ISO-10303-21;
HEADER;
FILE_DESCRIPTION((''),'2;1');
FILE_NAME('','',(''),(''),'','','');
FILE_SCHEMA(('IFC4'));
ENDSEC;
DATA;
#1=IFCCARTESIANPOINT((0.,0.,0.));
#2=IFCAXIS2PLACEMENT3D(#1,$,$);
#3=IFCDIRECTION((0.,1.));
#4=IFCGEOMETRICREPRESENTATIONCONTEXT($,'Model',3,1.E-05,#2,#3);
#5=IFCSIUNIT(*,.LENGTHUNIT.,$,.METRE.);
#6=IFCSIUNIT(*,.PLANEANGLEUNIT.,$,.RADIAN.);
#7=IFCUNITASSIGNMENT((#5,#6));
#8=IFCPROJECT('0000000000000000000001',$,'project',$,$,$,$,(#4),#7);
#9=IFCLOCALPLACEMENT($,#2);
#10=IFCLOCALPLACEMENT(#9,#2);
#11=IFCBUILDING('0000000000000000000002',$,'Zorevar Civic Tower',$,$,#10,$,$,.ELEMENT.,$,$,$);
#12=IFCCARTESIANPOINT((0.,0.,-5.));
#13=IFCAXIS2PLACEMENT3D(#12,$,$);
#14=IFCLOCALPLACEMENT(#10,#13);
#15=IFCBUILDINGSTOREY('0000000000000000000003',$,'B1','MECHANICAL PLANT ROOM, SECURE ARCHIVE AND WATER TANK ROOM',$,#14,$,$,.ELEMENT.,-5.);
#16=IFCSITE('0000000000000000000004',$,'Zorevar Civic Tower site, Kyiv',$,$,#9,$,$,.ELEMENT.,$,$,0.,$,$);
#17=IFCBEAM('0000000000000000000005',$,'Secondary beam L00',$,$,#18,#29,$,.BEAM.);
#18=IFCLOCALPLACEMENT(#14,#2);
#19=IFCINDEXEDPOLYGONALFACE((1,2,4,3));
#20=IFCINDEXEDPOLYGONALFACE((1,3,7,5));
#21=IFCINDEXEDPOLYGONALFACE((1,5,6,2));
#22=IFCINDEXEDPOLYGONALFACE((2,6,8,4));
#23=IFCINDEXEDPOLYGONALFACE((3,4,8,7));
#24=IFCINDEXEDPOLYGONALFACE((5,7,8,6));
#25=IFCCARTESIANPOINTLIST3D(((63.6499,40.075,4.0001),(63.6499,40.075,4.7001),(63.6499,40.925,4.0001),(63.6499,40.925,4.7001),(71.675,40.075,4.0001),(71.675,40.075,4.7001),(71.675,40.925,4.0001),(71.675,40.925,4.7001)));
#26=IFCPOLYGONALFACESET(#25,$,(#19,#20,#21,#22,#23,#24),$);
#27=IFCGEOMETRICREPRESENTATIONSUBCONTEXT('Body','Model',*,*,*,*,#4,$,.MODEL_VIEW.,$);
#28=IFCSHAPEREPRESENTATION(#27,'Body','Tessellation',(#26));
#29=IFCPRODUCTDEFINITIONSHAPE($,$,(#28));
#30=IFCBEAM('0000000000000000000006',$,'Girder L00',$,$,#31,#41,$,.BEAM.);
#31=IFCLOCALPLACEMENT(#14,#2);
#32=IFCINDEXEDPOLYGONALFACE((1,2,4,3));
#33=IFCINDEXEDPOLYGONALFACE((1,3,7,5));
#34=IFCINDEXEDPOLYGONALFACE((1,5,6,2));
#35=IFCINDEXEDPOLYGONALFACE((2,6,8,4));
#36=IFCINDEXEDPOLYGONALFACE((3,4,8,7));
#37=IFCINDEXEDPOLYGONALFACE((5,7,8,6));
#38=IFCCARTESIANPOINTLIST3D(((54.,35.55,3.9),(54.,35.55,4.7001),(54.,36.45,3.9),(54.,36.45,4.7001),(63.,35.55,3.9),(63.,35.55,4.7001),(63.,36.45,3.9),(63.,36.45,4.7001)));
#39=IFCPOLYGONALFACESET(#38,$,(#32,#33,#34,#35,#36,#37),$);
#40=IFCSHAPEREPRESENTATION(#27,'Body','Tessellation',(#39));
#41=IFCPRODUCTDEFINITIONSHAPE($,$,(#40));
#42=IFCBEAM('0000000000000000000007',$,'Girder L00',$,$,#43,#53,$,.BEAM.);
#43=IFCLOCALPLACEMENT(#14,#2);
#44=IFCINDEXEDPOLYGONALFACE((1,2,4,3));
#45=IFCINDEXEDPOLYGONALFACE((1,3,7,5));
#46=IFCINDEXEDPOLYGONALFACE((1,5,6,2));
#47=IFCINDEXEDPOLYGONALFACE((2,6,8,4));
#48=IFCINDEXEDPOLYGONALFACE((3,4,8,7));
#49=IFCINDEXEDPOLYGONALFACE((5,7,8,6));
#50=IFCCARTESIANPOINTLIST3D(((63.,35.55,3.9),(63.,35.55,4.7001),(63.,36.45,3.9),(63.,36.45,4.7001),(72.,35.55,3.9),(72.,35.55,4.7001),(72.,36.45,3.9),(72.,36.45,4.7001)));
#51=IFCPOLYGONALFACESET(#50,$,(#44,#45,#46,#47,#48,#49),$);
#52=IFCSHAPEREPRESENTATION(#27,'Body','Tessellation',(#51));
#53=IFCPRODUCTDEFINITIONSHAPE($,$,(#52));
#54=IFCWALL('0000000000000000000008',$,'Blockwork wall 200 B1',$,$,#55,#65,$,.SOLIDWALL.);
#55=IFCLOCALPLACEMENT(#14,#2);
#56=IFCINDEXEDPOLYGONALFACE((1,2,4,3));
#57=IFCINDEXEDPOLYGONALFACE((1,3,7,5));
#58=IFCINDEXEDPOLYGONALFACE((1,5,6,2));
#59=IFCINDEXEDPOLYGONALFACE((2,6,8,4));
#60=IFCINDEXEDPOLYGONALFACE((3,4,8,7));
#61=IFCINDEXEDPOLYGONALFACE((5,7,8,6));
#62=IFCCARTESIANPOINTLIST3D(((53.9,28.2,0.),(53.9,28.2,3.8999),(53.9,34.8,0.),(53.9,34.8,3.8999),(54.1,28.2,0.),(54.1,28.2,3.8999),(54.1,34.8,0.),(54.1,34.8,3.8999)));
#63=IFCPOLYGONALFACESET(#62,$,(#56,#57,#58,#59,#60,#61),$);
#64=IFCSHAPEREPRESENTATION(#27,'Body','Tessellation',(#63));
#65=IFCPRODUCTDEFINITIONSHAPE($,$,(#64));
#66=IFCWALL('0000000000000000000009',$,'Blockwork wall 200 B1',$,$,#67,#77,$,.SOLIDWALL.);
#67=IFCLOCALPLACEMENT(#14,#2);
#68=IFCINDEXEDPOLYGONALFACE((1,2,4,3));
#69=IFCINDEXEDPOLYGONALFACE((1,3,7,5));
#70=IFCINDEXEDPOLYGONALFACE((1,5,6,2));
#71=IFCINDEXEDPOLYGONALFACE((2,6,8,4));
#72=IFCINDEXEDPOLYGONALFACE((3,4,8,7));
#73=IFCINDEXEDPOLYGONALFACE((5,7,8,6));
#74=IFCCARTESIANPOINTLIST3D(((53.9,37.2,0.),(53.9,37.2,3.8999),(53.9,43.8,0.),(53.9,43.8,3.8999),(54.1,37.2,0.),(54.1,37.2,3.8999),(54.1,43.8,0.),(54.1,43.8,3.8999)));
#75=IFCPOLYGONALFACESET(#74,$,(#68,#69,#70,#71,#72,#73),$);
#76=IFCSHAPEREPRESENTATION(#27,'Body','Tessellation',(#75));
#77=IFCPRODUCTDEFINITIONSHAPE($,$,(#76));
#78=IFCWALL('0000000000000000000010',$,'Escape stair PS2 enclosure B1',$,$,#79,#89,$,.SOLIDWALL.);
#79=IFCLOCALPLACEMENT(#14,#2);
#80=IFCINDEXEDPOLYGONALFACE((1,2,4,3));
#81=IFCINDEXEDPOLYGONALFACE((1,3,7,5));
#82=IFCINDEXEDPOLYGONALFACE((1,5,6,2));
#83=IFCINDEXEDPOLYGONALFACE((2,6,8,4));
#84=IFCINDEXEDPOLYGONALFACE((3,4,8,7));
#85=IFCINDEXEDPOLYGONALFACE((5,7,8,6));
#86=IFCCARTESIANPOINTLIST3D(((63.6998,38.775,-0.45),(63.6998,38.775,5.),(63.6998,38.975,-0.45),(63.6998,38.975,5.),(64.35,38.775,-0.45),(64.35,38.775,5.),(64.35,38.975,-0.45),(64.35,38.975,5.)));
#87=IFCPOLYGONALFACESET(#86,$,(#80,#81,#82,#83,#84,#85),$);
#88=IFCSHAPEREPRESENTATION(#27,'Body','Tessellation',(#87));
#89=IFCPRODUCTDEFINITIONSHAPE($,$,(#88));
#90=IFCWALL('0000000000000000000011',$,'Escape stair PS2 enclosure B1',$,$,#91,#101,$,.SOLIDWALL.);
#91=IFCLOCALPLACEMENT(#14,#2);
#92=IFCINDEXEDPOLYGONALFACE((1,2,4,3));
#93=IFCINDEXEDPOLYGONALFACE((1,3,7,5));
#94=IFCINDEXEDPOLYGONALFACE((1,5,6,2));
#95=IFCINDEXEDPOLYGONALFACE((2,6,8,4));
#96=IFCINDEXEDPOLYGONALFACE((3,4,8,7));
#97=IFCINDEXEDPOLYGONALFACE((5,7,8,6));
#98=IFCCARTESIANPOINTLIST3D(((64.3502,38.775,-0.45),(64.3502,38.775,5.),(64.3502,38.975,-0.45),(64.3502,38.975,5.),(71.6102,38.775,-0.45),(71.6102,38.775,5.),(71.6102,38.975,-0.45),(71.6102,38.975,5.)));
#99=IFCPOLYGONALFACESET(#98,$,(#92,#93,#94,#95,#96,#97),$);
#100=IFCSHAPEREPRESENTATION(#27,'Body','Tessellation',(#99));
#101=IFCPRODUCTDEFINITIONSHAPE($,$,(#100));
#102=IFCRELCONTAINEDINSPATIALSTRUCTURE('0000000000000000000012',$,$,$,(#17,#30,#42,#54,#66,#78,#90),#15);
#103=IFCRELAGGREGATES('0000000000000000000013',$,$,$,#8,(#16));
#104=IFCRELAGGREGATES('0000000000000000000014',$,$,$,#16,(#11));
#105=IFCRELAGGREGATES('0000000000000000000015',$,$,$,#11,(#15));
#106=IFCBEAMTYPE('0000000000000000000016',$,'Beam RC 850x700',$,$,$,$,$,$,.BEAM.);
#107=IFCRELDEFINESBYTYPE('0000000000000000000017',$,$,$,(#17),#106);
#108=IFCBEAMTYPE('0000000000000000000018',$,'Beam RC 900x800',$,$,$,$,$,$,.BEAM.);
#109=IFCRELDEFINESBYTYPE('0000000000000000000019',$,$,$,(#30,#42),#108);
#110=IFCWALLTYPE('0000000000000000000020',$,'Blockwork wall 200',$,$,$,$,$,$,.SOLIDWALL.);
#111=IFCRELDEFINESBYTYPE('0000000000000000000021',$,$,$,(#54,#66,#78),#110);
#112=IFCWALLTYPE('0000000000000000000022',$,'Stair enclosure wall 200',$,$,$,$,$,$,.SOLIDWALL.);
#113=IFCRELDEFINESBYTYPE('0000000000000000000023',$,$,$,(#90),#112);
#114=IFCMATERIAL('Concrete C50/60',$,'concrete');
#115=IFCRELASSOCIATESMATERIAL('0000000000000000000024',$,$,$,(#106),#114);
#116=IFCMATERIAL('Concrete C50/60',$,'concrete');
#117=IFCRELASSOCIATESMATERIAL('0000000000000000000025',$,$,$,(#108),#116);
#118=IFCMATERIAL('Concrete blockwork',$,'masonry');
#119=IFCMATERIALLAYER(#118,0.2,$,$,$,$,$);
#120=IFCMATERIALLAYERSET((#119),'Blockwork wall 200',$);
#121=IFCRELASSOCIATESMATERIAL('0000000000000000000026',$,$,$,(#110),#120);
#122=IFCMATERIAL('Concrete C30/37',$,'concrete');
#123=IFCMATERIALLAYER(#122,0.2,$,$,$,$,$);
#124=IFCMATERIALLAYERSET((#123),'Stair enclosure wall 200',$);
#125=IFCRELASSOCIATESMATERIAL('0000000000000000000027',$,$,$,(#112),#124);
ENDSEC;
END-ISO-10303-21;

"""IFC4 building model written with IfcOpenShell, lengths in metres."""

from ifc_helpers import new_model, si_unit, direction, frame, frame_2d, origin, origin_2d, place, context, subcontext, project, spatial, rectangle, extrude, material, layer, layer_set, material_profile, profile_set, type_object, element, save


model = new_model("IFC4")

# Units and contexts
model_context = context("Model", 3, precision=1e-05, world=origin(), true_north=direction((0.0, 1.0)))
body_context = subcontext(model_context, "Body", "Model", "MODEL_VIEW")
ifc_project = project(units=[si_unit("LENGTHUNIT", "METRE"), si_unit("PLANEANGLEUNIT", "RADIAN")], contexts=[model_context])

# Site, building, storey
site_placement = place(None, origin())
site = spatial("IfcSite", under=ifc_project, at=site_placement, Name="Zorevar Civic Tower site, Kyiv", CompositionType="ELEMENT", RefElevation=0.0)
building_placement = place(site_placement, origin())
building = spatial("IfcBuilding", under=site, at=building_placement, Name="Zorevar Civic Tower", CompositionType="ELEMENT")
storey_placement = place(building_placement, frame((0.0, 0.0, -5.0)))
storey = spatial("IfcBuildingStorey", under=building, at=storey_placement, Name="B1", Description="MECHANICAL PLANT ROOM, SECURE ARCHIVE AND WATER TANK ROOM", CompositionType="ELEMENT", Elevation=-5.0)

# Beams
ifc_material_1 = material(Name="Concrete C50/60", Category="concrete")
ifc_material_profile_1 = material_profile(ifc_material_1, rectangle(XDim=0.8501, YDim=0.7, at=origin_2d()), Name="RC 850x700")
ifc_profile_set_1 = profile_set([ifc_material_profile_1], Name="Concrete C50/60")
beam_type_1 = type_object("IfcBeamType", Name="Beam RC 850x700", PredefinedType="BEAM", material=ifc_profile_set_1)
beam_1_placement = place(storey_placement, frame((63.6499, 40.5, 4.3501), z_axis=(1.0, 0.0, 0.0), x_axis=(0.0, 1.0, 0.0)))
element("IfcBeam", 1, at=beam_1_placement, inside=storey, type_object=beam_type_1, Name="Secondary beam L00", PredefinedType="BEAM", context=body_context, shape_type="SweptSolid", body=[
    extrude(rectangle(XDim=0.8501, YDim=0.7, at=origin_2d()), origin(), (0.0, 0.0, 1.0), 8.0251),
])
ifc_material_2 = material(Name="Concrete C50/60", Category="concrete")
ifc_material_profile_2 = material_profile(ifc_material_2, rectangle(XDim=0.8999, YDim=0.8, at=origin_2d()), Name="RC 900x800")
ifc_profile_set_2 = profile_set([ifc_material_profile_2], Name="Concrete C50/60")
beam_type_2 = type_object("IfcBeamType", Name="Beam RC 900x800", PredefinedType="BEAM", material=ifc_profile_set_2)
for number, where, z_axis, x_axis, name in (
    (2, (54.0, 36.0, 4.3), (1.0, 0.0, 0.0), (0.0, 1.0, 0.0), "Girder L00"),
    (3, (63.0, 36.0, 4.3), (1.0, 0.0, 0.0), (0.0, 1.0, 0.0), "Girder L00"),
):
    element("IfcBeam", number, at=place(storey_placement, frame(where, z_axis=z_axis, x_axis=x_axis)), inside=storey, type_object=beam_type_2, Name=name, PredefinedType="BEAM", context=body_context, shape_type="SweptSolid", body=[
        extrude(rectangle(XDim=0.8999, YDim=0.8, at=origin_2d()), origin(), (0.0, 0.0, 1.0), 9.0),
    ])

# Walls
ifc_material_3 = material(Name="Concrete blockwork", Category="masonry")
ifc_layer_1 = layer(ifc_material_3, 0.2)
ifc_layer_set_1 = layer_set([ifc_layer_1], Name="Blockwork wall 200")
wall_type_1 = type_object("IfcWallType", Name="Blockwork wall 200", PredefinedType="SOLIDWALL", material=ifc_layer_set_1)
for number, where, z_axis, x_axis, name in (
    (4, (54.0, 28.2, 0.0), (0.0, 0.0, 1.0), (0.0, 1.0, 0.0), "Blockwork wall 200 B1"),
    (5, (54.0, 37.2, 0.0), (0.0, 0.0, 1.0), (0.0, 1.0, 0.0), "Blockwork wall 200 B1"),
):
    element("IfcWall", number, at=place(storey_placement, frame(where, z_axis=z_axis, x_axis=x_axis)), inside=storey, type_object=wall_type_1, Name=name, PredefinedType="SOLIDWALL", context=body_context, shape_type="SweptSolid", body=[
        extrude(rectangle(XDim=6.6001, YDim=0.2, at=frame_2d((3.3, 0.0))), origin(), (0.0, 0.0, 1.0), 3.8999),
    ])
wall_1_placement = place(storey_placement, frame((64.3501, 38.875, -0.45), z_axis=(0.0, 0.0, 1.0), x_axis=(-1.0, 0.0, 0.0)))
element("IfcWall", 6, at=wall_1_placement, inside=storey, type_object=wall_type_1, Name="Escape stair PS2 enclosure B1", PredefinedType="SOLIDWALL", context=body_context, shape_type="SweptSolid", body=[
    extrude(rectangle(XDim=0.6501, YDim=0.2, at=frame_2d((0.3252, 0.0))), origin(), (0.0, 0.0, 1.0), 5.45),
])
ifc_material_4 = material(Name="Concrete C30/37", Category="concrete")
ifc_layer_2 = layer(ifc_material_4, 0.2)
ifc_layer_set_2 = layer_set([ifc_layer_2], Name="Stair enclosure wall 200")
wall_type_2 = type_object("IfcWallType", Name="Stair enclosure wall 200", PredefinedType="SOLIDWALL", material=ifc_layer_set_2)
wall_2_placement = place(storey_placement, frame((71.6101, 38.875, -0.45), z_axis=(0.0, 0.0, 1.0), x_axis=(-1.0, 0.0, 0.0)))
element("IfcWall", 7, at=wall_2_placement, inside=storey, type_object=wall_type_2, Name="Escape stair PS2 enclosure B1", PredefinedType="SOLIDWALL", context=body_context, shape_type="SweptSolid", body=[
    extrude(rectangle(XDim=7.26, YDim=0.2, at=frame_2d((3.6299, 0.0))), origin(), (0.0, 0.0, 1.0), 5.45),
])

save(model, "model.ifc")
